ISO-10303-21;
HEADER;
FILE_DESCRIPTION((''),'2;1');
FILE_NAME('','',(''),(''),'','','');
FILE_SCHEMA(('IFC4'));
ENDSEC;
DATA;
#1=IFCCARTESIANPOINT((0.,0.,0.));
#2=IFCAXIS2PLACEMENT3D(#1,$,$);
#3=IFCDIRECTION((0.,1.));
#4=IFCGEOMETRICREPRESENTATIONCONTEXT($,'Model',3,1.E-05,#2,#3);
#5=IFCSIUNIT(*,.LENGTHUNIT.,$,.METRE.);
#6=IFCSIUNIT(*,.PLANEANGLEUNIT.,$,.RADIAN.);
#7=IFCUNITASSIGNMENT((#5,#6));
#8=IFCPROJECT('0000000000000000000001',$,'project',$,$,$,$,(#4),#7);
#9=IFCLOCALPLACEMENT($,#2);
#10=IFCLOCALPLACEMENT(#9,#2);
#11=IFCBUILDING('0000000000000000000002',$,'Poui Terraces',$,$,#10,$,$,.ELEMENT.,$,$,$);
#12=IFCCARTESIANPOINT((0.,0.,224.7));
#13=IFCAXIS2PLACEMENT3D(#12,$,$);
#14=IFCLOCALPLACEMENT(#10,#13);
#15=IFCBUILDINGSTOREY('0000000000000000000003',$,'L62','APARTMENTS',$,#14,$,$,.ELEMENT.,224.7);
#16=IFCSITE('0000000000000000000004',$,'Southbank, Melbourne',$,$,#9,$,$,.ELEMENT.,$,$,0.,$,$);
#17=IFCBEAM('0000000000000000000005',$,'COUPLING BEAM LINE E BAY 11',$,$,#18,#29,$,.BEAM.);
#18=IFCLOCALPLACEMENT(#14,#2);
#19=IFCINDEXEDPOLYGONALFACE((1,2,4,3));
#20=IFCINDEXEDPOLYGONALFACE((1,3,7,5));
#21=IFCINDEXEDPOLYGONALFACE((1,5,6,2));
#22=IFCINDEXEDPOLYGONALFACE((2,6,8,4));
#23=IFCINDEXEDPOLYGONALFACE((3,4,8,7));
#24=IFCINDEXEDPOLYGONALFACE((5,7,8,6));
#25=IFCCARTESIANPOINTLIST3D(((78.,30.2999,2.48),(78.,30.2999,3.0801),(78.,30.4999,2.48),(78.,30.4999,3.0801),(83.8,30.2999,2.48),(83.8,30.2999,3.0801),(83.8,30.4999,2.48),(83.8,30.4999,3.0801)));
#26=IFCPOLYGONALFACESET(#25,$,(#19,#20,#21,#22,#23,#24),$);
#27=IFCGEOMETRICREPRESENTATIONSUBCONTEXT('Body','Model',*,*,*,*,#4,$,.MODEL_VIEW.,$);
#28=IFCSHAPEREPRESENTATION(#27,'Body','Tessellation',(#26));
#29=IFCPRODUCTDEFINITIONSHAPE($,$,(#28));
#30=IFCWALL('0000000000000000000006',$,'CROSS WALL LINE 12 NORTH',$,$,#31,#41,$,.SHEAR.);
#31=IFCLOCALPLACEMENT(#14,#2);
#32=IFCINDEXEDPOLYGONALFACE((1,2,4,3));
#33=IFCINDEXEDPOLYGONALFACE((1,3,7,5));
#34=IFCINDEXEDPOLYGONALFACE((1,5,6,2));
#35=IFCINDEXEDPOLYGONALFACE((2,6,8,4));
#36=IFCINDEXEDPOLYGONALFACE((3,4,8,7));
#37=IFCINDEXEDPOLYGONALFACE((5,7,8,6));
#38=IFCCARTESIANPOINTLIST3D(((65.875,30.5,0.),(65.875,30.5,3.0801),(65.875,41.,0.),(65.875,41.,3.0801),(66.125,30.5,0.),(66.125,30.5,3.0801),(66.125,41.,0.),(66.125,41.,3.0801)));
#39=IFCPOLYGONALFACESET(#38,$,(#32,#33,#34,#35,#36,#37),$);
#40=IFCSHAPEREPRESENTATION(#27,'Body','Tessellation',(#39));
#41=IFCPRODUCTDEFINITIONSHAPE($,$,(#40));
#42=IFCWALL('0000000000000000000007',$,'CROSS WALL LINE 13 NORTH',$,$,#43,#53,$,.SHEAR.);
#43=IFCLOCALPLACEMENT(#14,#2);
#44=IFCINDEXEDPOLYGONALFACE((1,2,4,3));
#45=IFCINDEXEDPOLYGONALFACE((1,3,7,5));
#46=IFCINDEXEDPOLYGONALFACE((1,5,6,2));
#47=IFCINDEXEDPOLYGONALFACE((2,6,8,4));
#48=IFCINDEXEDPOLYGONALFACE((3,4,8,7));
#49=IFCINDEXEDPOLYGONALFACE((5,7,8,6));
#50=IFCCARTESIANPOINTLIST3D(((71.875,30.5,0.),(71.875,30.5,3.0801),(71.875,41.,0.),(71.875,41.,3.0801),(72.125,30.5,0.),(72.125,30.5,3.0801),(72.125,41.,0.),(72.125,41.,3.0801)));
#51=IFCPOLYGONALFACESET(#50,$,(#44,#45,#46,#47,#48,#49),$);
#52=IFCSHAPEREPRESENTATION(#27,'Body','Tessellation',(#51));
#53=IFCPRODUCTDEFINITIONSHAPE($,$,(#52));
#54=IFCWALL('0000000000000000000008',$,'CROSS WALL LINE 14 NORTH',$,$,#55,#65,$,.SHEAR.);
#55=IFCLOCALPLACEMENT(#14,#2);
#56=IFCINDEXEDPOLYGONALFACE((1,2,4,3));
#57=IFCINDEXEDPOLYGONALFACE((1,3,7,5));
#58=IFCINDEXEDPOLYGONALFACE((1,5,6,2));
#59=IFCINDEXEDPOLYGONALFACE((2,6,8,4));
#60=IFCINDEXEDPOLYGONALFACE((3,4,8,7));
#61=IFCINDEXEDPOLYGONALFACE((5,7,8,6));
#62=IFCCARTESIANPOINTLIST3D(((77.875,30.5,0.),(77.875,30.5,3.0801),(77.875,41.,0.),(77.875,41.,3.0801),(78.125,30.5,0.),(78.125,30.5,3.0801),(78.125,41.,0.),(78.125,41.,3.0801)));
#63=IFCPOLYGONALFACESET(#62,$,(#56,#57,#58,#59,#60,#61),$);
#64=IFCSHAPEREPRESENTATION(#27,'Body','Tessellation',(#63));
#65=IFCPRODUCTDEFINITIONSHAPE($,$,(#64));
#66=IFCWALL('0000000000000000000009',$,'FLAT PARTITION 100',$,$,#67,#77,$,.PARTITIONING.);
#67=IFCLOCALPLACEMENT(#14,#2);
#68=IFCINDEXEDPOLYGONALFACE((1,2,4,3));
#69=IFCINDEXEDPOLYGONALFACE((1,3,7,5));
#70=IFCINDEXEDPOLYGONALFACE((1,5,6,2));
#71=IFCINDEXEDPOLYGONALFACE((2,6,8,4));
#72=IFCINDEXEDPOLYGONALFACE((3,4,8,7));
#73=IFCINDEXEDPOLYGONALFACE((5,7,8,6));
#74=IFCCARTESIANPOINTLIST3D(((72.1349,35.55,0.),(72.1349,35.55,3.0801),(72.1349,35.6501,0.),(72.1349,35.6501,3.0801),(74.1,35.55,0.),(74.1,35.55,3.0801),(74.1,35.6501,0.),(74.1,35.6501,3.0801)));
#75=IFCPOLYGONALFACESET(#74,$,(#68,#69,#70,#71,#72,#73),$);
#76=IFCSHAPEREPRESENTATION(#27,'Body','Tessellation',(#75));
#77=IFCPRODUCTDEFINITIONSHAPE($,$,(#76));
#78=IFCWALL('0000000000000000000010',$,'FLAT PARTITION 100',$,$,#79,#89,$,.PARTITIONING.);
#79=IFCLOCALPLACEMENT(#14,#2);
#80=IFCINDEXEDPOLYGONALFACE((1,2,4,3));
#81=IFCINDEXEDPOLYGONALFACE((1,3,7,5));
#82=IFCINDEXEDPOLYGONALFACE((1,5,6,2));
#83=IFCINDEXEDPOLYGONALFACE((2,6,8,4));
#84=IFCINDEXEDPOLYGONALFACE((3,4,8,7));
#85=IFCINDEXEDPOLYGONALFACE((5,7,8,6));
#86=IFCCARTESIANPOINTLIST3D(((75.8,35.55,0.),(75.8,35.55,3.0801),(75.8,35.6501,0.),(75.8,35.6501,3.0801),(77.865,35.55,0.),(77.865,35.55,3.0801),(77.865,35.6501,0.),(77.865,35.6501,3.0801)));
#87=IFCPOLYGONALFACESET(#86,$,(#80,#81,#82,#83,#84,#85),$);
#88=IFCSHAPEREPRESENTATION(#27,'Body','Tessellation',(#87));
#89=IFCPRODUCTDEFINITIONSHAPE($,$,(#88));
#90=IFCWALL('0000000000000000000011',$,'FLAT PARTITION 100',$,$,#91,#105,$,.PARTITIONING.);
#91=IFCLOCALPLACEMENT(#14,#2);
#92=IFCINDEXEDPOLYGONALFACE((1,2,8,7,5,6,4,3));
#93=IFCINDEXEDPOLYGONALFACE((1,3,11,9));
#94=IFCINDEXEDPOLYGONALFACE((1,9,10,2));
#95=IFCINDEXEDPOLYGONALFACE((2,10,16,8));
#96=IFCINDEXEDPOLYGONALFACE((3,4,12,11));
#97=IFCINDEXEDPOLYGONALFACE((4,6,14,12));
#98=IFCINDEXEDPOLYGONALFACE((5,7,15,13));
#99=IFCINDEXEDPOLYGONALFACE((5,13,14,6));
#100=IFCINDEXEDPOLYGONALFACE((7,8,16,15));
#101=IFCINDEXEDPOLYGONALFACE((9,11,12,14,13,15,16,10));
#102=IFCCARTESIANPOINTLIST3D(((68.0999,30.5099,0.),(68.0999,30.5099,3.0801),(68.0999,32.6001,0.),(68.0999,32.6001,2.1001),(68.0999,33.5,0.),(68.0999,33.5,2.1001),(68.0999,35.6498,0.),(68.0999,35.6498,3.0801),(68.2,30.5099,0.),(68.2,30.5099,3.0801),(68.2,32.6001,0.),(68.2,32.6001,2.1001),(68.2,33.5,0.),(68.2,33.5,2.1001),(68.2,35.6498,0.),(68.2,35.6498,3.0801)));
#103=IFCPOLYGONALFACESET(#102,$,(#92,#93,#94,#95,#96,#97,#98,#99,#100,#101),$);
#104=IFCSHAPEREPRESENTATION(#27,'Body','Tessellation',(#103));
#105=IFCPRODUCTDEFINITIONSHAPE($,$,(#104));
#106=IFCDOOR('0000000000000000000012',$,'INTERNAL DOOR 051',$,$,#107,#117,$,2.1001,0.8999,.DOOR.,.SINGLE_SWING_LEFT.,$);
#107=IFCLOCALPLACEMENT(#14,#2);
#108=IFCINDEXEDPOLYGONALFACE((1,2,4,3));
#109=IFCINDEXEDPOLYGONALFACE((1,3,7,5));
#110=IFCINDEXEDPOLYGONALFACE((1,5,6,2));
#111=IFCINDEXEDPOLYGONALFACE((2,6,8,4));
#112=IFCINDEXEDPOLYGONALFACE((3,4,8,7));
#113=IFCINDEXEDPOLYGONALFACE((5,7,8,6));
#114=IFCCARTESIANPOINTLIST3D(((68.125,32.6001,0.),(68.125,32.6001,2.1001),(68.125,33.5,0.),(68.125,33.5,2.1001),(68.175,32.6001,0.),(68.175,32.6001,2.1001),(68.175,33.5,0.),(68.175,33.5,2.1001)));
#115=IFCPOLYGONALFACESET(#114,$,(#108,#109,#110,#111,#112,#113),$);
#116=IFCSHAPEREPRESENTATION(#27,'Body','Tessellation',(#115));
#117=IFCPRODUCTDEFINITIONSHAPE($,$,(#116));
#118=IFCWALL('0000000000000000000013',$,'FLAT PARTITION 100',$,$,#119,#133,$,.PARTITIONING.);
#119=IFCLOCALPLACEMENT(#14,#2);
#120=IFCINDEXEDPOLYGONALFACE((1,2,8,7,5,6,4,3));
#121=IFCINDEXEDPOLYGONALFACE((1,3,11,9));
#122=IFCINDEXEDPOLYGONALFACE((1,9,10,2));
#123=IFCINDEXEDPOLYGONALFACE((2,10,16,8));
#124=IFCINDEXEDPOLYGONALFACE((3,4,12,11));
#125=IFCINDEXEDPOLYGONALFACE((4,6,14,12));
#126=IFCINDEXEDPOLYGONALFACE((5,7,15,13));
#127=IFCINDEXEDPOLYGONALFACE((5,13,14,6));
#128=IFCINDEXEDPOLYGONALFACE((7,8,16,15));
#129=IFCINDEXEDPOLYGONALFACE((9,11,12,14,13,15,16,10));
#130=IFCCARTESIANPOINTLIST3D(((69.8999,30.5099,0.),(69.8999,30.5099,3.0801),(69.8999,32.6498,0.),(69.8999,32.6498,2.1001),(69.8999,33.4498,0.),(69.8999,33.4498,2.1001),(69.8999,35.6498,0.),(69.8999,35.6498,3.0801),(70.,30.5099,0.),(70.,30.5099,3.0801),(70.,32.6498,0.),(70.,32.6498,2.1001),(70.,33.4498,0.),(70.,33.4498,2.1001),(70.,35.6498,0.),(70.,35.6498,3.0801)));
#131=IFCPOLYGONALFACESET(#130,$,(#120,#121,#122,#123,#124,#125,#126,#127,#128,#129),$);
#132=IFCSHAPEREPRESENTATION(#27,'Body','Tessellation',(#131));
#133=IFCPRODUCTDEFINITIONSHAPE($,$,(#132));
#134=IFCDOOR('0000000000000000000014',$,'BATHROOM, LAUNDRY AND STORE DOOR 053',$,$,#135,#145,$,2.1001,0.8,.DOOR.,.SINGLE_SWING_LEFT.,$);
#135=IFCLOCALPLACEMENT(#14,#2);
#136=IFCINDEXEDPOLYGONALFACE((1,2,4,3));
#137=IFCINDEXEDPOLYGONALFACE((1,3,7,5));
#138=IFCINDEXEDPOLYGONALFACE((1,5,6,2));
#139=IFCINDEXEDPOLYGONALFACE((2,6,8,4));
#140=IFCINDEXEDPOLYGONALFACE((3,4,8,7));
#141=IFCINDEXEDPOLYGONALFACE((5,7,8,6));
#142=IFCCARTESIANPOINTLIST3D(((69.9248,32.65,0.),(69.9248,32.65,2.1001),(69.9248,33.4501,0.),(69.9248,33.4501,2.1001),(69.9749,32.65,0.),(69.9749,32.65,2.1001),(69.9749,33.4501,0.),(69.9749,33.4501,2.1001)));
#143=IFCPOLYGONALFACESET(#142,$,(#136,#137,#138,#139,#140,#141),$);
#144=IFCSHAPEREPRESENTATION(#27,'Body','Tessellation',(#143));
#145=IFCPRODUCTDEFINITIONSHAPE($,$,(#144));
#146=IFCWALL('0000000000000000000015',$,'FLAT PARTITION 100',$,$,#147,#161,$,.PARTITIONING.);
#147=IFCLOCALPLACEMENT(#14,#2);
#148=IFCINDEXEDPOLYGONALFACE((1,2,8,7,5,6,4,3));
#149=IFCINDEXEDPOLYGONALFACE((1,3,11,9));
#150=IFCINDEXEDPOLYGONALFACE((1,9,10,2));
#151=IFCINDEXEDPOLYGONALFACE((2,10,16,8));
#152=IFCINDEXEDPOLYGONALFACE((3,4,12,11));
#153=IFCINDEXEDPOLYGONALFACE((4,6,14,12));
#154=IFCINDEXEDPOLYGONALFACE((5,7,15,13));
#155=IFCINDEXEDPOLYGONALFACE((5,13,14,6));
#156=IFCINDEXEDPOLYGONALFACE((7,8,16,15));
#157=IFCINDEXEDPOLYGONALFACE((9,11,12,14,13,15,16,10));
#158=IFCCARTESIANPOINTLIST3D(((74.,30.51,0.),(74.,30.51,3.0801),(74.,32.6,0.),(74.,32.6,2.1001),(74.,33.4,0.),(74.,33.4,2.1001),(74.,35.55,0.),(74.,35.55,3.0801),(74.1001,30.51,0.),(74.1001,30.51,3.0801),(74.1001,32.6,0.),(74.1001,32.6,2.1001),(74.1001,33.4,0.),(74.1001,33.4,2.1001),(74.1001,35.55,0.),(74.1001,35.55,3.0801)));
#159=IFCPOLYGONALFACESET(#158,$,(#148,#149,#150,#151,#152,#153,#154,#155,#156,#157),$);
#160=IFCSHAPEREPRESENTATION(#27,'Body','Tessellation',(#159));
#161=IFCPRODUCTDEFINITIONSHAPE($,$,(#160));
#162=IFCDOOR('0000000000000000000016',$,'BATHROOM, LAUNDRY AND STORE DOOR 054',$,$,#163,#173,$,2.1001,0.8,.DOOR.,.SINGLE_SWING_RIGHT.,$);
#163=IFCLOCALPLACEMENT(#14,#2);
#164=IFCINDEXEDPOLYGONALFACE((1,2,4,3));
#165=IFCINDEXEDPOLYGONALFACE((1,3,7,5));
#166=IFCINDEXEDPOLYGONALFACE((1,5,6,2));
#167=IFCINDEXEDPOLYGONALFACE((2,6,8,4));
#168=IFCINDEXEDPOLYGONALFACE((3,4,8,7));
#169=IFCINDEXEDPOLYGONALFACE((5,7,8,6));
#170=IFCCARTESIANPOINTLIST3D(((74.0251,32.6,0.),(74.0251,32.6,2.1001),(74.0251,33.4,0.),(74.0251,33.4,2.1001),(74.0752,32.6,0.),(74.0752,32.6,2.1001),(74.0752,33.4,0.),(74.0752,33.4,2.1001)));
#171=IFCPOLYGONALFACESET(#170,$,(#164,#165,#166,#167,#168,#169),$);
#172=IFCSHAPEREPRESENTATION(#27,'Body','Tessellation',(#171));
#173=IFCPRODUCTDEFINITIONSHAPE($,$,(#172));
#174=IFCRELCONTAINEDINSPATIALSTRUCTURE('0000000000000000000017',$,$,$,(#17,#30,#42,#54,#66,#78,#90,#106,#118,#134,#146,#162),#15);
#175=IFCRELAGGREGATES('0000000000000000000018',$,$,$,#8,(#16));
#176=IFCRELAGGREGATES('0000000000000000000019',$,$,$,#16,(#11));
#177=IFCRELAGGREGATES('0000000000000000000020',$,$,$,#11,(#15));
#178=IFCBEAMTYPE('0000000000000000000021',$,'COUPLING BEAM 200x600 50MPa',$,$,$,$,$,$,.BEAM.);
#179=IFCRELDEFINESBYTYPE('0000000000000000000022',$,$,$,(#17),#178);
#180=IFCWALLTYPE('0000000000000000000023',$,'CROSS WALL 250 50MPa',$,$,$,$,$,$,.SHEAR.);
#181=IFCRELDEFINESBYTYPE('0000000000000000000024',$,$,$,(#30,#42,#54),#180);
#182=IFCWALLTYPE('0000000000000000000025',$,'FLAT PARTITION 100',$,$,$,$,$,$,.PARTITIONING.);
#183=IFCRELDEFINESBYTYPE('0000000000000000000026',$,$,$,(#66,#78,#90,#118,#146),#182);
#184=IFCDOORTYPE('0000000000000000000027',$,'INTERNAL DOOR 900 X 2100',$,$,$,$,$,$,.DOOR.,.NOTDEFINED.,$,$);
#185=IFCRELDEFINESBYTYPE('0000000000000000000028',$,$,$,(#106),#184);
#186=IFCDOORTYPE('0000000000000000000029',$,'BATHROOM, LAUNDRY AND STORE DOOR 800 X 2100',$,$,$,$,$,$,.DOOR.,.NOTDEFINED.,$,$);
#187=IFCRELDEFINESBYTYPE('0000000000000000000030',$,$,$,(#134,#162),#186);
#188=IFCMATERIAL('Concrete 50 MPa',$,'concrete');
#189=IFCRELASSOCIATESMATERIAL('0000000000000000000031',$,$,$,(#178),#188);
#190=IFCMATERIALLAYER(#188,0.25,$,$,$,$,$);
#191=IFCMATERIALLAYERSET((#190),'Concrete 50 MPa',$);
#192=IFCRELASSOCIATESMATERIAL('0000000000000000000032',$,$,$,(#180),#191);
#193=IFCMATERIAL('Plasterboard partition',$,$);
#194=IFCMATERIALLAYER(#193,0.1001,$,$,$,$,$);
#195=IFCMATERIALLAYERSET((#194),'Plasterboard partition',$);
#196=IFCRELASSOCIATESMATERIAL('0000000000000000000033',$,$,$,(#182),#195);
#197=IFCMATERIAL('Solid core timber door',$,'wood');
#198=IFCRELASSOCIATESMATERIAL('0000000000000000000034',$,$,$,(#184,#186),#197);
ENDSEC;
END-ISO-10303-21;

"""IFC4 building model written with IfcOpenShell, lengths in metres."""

from ifc_helpers import new_model, si_unit, direction, frame, frame_2d, origin, origin_2d, place, context, subcontext, project, spatial, rectangle, extrude, source, transform, mapped, material, layer, layer_set, material_profile, profile_set, type_object, element, fill, save


model = new_model("IFC4")

# Units and contexts
model_context = context("Model", 3, precision=1e-05, world=origin(), true_north=direction((0.0, 1.0)))
body_context = subcontext(model_context, "Body", "Model", "MODEL_VIEW")
ifc_project = project(units=[si_unit("LENGTHUNIT", "METRE"), si_unit("PLANEANGLEUNIT", "RADIAN")], contexts=[model_context])

# Site, building, storey
site_placement = place(None, origin())
site = spatial("IfcSite", under=ifc_project, at=site_placement, Name="Southbank, Melbourne", CompositionType="ELEMENT", RefElevation=0.0)
building_placement = place(site_placement, origin())
building = spatial("IfcBuilding", under=site, at=building_placement, Name="Poui Terraces", CompositionType="ELEMENT")
storey_placement = place(building_placement, frame((0.0, 0.0, 224.7)))
storey = spatial("IfcBuildingStorey", under=building, at=storey_placement, Name="L62", Description="APARTMENTS", CompositionType="ELEMENT", Elevation=224.7)

# Beam
ifc_material_1 = material(Name="Concrete 50 MPa", Category="concrete")
ifc_material_profile = material_profile(ifc_material_1, rectangle(XDim=0.2, YDim=0.6001, at=origin_2d()), Name="RC 200x600")
ifc_profile_set = profile_set([ifc_material_profile], Name="Concrete 50 MPa")
beam_type = type_object("IfcBeamType", Name="COUPLING BEAM 200x600 50MPa", PredefinedType="BEAM", material=ifc_profile_set)
shared_shape = source(origin(), body_context, "Body", "SweptSolid", [
    extrude(rectangle(XDim=0.2, YDim=0.6001, at=origin_2d()), origin(), (0.0, 0.0, 1.0), 5.8),
])
beam_placement = place(storey_placement, frame((78.0, 30.3999, 2.78), z_axis=(1.0, 0.0, 0.0), x_axis=(0.0, 1.0, 0.0)))
element("IfcBeam", 1, at=beam_placement, inside=storey, type_object=beam_type, Name="COUPLING BEAM LINE E BAY 11", PredefinedType="BEAM", context=body_context, shape_type="MappedRepresentation", body=[
    mapped(shared_shape, transform((0.0, 0.0, 0.0))),
])

# Walls
ifc_layer_1 = layer(ifc_material_1, 0.25)
ifc_layer_set_1 = layer_set([ifc_layer_1], Name="Concrete 50 MPa")
wall_type_1 = type_object("IfcWallType", Name="CROSS WALL 250 50MPa", PredefinedType="SHEAR", material=ifc_layer_set_1)
for number, where, z_axis, x_axis, name in (
    (2, (66.0, 30.5, 0.0), (0.0, 0.0, 1.0), (0.0, 1.0, 0.0), "CROSS WALL LINE 12 NORTH"),
    (3, (72.0, 30.5, 0.0), (0.0, 0.0, 1.0), (0.0, 1.0, 0.0), "CROSS WALL LINE 13 NORTH"),
    (4, (78.0, 30.5, 0.0), (0.0, 0.0, 1.0), (0.0, 1.0, 0.0), "CROSS WALL LINE 14 NORTH"),
):
    element("IfcWall", number, at=place(storey_placement, frame(where, z_axis=z_axis, x_axis=x_axis)), inside=storey, type_object=wall_type_1, Name=name, PredefinedType="SHEAR", context=body_context, shape_type="SweptSolid", body=[
        extrude(rectangle(XDim=10.5, YDim=0.25, at=frame_2d((5.25, 0.0))), origin(), (0.0, 0.0, 1.0), 3.0801),
    ])
ifc_material_2 = material(Name="Plasterboard partition")
ifc_layer_2 = layer(ifc_material_2, 0.1001)
ifc_layer_set_2 = layer_set([ifc_layer_2], Name="Plasterboard partition")
wall_type_2 = type_object("IfcWallType", Name="FLAT PARTITION 100", PredefinedType="PARTITIONING", material=ifc_layer_set_2)
wall_1_placement = place(storey_placement, frame((72.135, 35.6001, 0.0), z_axis=(0.0, 0.0, 1.0), x_axis=(1.0, 0.0, 0.0)))
element("IfcWall", 5, at=wall_1_placement, inside=storey, type_object=wall_type_2, Name="FLAT PARTITION 100", PredefinedType="PARTITIONING", context=body_context, shape_type="SweptSolid", body=[
    extrude(rectangle(XDim=1.9651, YDim=0.1001, at=frame_2d((0.9824, 0.0))), origin(), (0.0, 0.0, 1.0), 3.0801),
])
wall_2_placement = place(storey_placement, frame((75.8, 35.6001, 0.0), z_axis=(0.0, 0.0, 1.0), x_axis=(1.0, 0.0, 0.0)))
element("IfcWall", 6, at=wall_2_placement, inside=storey, type_object=wall_type_2, Name="FLAT PARTITION 100", PredefinedType="PARTITIONING", context=body_context, shape_type="SweptSolid", body=[
    extrude(rectangle(XDim=2.0649, YDim=0.1001, at=frame_2d((1.0325, 0.0))), origin(), (0.0, 0.0, 1.0), 3.0801),
])

# Walls, openings, doors
wall_3_placement = place(storey_placement, frame((68.1499, 30.51, 0.0), z_axis=(0.0, 0.0, 1.0), x_axis=(0.0, 1.0, 0.0)))
wall_3 = element("IfcWall", 7, at=wall_3_placement, inside=storey, type_object=wall_type_2, Name="FLAT PARTITION 100", PredefinedType="PARTITIONING", context=body_context, shape_type="SweptSolid", body=[
    extrude(rectangle(XDim=5.1399, YDim=0.1001, at=frame_2d((2.5698, 0.0))), origin(), (0.0, 0.0, 1.0), 3.0801),
])
opening_1_placement = place(wall_3_placement, frame((2.0901, 0.0, 0.0)))
opening_1 = element("IfcOpeningElement", 8, at=opening_1_placement, cuts=wall_3, PredefinedType="OPENING", context=body_context, shape_type="SweptSolid", body=[
    extrude(rectangle(XDim=0.8999, YDim=2.1001, at=frame_2d((0.45, 1.05))), frame((0.0, 0.0601, 0.0), z_axis=(0.0, -1.0, 0.0), x_axis=(1.0, 0.0, 0.0)), (0.0, 0.0, 1.0), 0.1201),
])
ifc_material_3 = material(Name="Solid core timber door", Category="wood")
door_type_1 = type_object("IfcDoorType", Name="INTERNAL DOOR 900 X 2100", OperationType="NOTDEFINED", PredefinedType="DOOR", material=ifc_material_3)
door_1_placement = place(opening_1_placement, origin())
door_1 = element("IfcDoor", 9, at=door_1_placement, inside=storey, type_object=door_type_1, Name="INTERNAL DOOR 051", OperationType="SINGLE_SWING_LEFT", OverallHeight=2.1001, OverallWidth=0.8999, PredefinedType="DOOR", context=body_context, shape_type="SweptSolid", body=[
    extrude(rectangle(XDim=0.8999, YDim=2.1001, at=frame_2d((0.45, 1.05))), frame((0.0, 0.0249, 0.0), z_axis=(0.0, -1.0, 0.0), x_axis=(1.0, 0.0, 0.0)), (0.0, 0.0, 1.0), 0.05),
])
fill(opening_1, door_1)
wall_4_placement = place(storey_placement, frame((69.95, 30.51, 0.0), z_axis=(0.0, 0.0, 1.0), x_axis=(0.0, 1.0, 0.0)))
wall_4 = element("IfcWall", 10, at=wall_4_placement, inside=storey, type_object=wall_type_2, Name="FLAT PARTITION 100", PredefinedType="PARTITIONING", context=body_context, shape_type="SweptSolid", body=[
    extrude(rectangle(XDim=5.1399, YDim=0.1001, at=frame_2d((2.5698, 0.0))), origin(), (0.0, 0.0, 1.0), 3.0801),
])
opening_2_placement = place(wall_4_placement, frame((2.1399, 0.0, 0.0)))
opening_2 = element("IfcOpeningElement", 11, at=opening_2_placement, cuts=wall_4, PredefinedType="OPENING", context=body_context, shape_type="SweptSolid", body=[
    extrude(rectangle(XDim=0.8, YDim=2.1001, at=frame_2d((0.3999, 1.05))), frame((0.0, 0.0601, 0.0), z_axis=(0.0, -1.0, 0.0), x_axis=(1.0, 0.0, 0.0)), (0.0, 0.0, 1.0), 0.1201),
])
door_type_2 = type_object("IfcDoorType", Name="BATHROOM, LAUNDRY AND STORE DOOR 800 X 2100", OperationType="NOTDEFINED", PredefinedType="DOOR", material=ifc_material_3)
door_2_placement = place(opening_2_placement, frame((0.8, 0.0, 0.0), z_axis=(0.0, 0.0, 1.0), x_axis=(-1.0, 0.0, 0.0)))
door_2 = element("IfcDoor", 12, at=door_2_placement, inside=storey, type_object=door_type_2, Name="BATHROOM, LAUNDRY AND STORE DOOR 053", OperationType="SINGLE_SWING_LEFT", OverallHeight=2.1001, OverallWidth=0.8, PredefinedType="DOOR", context=body_context, shape_type="SweptSolid", body=[
    extrude(rectangle(XDim=0.8, YDim=2.1001, at=frame_2d((0.3999, 1.05))), frame((0.0, 0.0249, 0.0), z_axis=(0.0, -1.0, 0.0), x_axis=(1.0, 0.0, 0.0)), (0.0, 0.0, 1.0), 0.05),
])
fill(opening_2, door_2)
wall_5_placement = place(storey_placement, frame((74.05, 30.51, 0.0), z_axis=(0.0, 0.0, 1.0), x_axis=(0.0, 1.0, 0.0)))
wall_5 = element("IfcWall", 13, at=wall_5_placement, inside=storey, type_object=wall_type_2, Name="FLAT PARTITION 100", PredefinedType="PARTITIONING", context=body_context, shape_type="SweptSolid", body=[
    extrude(rectangle(XDim=5.04, YDim=0.1001, at=frame_2d((2.52, 0.0))), origin(), (0.0, 0.0, 1.0), 3.0801),
])
opening_3_placement = place(wall_5_placement, frame((2.0901, 0.0, 0.0)))
opening_3 = element("IfcOpeningElement", 14, at=opening_3_placement, cuts=wall_5, PredefinedType="OPENING", context=body_context, shape_type="SweptSolid", body=[
    extrude(rectangle(XDim=0.8, YDim=2.1001, at=frame_2d((0.3999, 1.05))), frame((0.0, 0.0601, 0.0), z_axis=(0.0, -1.0, 0.0), x_axis=(1.0, 0.0, 0.0)), (0.0, 0.0, 1.0), 0.1201),
])
door_3_placement = place(opening_3_placement, origin())
door_3 = element("IfcDoor", 15, at=door_3_placement, inside=storey, type_object=door_type_2, Name="BATHROOM, LAUNDRY AND STORE DOOR 054", OperationType="SINGLE_SWING_RIGHT", OverallHeight=2.1001, OverallWidth=0.8, PredefinedType="DOOR", context=body_context, shape_type="SweptSolid", body=[
    extrude(rectangle(XDim=0.8, YDim=2.1001, at=frame_2d((0.3999, 1.05))), frame((0.0, 0.0249, 0.0), z_axis=(0.0, -1.0, 0.0), x_axis=(1.0, 0.0, 0.0)), (0.0, 0.0, 1.0), 0.05),
])
fill(opening_3, door_3)

save(model, "model.ifc")
